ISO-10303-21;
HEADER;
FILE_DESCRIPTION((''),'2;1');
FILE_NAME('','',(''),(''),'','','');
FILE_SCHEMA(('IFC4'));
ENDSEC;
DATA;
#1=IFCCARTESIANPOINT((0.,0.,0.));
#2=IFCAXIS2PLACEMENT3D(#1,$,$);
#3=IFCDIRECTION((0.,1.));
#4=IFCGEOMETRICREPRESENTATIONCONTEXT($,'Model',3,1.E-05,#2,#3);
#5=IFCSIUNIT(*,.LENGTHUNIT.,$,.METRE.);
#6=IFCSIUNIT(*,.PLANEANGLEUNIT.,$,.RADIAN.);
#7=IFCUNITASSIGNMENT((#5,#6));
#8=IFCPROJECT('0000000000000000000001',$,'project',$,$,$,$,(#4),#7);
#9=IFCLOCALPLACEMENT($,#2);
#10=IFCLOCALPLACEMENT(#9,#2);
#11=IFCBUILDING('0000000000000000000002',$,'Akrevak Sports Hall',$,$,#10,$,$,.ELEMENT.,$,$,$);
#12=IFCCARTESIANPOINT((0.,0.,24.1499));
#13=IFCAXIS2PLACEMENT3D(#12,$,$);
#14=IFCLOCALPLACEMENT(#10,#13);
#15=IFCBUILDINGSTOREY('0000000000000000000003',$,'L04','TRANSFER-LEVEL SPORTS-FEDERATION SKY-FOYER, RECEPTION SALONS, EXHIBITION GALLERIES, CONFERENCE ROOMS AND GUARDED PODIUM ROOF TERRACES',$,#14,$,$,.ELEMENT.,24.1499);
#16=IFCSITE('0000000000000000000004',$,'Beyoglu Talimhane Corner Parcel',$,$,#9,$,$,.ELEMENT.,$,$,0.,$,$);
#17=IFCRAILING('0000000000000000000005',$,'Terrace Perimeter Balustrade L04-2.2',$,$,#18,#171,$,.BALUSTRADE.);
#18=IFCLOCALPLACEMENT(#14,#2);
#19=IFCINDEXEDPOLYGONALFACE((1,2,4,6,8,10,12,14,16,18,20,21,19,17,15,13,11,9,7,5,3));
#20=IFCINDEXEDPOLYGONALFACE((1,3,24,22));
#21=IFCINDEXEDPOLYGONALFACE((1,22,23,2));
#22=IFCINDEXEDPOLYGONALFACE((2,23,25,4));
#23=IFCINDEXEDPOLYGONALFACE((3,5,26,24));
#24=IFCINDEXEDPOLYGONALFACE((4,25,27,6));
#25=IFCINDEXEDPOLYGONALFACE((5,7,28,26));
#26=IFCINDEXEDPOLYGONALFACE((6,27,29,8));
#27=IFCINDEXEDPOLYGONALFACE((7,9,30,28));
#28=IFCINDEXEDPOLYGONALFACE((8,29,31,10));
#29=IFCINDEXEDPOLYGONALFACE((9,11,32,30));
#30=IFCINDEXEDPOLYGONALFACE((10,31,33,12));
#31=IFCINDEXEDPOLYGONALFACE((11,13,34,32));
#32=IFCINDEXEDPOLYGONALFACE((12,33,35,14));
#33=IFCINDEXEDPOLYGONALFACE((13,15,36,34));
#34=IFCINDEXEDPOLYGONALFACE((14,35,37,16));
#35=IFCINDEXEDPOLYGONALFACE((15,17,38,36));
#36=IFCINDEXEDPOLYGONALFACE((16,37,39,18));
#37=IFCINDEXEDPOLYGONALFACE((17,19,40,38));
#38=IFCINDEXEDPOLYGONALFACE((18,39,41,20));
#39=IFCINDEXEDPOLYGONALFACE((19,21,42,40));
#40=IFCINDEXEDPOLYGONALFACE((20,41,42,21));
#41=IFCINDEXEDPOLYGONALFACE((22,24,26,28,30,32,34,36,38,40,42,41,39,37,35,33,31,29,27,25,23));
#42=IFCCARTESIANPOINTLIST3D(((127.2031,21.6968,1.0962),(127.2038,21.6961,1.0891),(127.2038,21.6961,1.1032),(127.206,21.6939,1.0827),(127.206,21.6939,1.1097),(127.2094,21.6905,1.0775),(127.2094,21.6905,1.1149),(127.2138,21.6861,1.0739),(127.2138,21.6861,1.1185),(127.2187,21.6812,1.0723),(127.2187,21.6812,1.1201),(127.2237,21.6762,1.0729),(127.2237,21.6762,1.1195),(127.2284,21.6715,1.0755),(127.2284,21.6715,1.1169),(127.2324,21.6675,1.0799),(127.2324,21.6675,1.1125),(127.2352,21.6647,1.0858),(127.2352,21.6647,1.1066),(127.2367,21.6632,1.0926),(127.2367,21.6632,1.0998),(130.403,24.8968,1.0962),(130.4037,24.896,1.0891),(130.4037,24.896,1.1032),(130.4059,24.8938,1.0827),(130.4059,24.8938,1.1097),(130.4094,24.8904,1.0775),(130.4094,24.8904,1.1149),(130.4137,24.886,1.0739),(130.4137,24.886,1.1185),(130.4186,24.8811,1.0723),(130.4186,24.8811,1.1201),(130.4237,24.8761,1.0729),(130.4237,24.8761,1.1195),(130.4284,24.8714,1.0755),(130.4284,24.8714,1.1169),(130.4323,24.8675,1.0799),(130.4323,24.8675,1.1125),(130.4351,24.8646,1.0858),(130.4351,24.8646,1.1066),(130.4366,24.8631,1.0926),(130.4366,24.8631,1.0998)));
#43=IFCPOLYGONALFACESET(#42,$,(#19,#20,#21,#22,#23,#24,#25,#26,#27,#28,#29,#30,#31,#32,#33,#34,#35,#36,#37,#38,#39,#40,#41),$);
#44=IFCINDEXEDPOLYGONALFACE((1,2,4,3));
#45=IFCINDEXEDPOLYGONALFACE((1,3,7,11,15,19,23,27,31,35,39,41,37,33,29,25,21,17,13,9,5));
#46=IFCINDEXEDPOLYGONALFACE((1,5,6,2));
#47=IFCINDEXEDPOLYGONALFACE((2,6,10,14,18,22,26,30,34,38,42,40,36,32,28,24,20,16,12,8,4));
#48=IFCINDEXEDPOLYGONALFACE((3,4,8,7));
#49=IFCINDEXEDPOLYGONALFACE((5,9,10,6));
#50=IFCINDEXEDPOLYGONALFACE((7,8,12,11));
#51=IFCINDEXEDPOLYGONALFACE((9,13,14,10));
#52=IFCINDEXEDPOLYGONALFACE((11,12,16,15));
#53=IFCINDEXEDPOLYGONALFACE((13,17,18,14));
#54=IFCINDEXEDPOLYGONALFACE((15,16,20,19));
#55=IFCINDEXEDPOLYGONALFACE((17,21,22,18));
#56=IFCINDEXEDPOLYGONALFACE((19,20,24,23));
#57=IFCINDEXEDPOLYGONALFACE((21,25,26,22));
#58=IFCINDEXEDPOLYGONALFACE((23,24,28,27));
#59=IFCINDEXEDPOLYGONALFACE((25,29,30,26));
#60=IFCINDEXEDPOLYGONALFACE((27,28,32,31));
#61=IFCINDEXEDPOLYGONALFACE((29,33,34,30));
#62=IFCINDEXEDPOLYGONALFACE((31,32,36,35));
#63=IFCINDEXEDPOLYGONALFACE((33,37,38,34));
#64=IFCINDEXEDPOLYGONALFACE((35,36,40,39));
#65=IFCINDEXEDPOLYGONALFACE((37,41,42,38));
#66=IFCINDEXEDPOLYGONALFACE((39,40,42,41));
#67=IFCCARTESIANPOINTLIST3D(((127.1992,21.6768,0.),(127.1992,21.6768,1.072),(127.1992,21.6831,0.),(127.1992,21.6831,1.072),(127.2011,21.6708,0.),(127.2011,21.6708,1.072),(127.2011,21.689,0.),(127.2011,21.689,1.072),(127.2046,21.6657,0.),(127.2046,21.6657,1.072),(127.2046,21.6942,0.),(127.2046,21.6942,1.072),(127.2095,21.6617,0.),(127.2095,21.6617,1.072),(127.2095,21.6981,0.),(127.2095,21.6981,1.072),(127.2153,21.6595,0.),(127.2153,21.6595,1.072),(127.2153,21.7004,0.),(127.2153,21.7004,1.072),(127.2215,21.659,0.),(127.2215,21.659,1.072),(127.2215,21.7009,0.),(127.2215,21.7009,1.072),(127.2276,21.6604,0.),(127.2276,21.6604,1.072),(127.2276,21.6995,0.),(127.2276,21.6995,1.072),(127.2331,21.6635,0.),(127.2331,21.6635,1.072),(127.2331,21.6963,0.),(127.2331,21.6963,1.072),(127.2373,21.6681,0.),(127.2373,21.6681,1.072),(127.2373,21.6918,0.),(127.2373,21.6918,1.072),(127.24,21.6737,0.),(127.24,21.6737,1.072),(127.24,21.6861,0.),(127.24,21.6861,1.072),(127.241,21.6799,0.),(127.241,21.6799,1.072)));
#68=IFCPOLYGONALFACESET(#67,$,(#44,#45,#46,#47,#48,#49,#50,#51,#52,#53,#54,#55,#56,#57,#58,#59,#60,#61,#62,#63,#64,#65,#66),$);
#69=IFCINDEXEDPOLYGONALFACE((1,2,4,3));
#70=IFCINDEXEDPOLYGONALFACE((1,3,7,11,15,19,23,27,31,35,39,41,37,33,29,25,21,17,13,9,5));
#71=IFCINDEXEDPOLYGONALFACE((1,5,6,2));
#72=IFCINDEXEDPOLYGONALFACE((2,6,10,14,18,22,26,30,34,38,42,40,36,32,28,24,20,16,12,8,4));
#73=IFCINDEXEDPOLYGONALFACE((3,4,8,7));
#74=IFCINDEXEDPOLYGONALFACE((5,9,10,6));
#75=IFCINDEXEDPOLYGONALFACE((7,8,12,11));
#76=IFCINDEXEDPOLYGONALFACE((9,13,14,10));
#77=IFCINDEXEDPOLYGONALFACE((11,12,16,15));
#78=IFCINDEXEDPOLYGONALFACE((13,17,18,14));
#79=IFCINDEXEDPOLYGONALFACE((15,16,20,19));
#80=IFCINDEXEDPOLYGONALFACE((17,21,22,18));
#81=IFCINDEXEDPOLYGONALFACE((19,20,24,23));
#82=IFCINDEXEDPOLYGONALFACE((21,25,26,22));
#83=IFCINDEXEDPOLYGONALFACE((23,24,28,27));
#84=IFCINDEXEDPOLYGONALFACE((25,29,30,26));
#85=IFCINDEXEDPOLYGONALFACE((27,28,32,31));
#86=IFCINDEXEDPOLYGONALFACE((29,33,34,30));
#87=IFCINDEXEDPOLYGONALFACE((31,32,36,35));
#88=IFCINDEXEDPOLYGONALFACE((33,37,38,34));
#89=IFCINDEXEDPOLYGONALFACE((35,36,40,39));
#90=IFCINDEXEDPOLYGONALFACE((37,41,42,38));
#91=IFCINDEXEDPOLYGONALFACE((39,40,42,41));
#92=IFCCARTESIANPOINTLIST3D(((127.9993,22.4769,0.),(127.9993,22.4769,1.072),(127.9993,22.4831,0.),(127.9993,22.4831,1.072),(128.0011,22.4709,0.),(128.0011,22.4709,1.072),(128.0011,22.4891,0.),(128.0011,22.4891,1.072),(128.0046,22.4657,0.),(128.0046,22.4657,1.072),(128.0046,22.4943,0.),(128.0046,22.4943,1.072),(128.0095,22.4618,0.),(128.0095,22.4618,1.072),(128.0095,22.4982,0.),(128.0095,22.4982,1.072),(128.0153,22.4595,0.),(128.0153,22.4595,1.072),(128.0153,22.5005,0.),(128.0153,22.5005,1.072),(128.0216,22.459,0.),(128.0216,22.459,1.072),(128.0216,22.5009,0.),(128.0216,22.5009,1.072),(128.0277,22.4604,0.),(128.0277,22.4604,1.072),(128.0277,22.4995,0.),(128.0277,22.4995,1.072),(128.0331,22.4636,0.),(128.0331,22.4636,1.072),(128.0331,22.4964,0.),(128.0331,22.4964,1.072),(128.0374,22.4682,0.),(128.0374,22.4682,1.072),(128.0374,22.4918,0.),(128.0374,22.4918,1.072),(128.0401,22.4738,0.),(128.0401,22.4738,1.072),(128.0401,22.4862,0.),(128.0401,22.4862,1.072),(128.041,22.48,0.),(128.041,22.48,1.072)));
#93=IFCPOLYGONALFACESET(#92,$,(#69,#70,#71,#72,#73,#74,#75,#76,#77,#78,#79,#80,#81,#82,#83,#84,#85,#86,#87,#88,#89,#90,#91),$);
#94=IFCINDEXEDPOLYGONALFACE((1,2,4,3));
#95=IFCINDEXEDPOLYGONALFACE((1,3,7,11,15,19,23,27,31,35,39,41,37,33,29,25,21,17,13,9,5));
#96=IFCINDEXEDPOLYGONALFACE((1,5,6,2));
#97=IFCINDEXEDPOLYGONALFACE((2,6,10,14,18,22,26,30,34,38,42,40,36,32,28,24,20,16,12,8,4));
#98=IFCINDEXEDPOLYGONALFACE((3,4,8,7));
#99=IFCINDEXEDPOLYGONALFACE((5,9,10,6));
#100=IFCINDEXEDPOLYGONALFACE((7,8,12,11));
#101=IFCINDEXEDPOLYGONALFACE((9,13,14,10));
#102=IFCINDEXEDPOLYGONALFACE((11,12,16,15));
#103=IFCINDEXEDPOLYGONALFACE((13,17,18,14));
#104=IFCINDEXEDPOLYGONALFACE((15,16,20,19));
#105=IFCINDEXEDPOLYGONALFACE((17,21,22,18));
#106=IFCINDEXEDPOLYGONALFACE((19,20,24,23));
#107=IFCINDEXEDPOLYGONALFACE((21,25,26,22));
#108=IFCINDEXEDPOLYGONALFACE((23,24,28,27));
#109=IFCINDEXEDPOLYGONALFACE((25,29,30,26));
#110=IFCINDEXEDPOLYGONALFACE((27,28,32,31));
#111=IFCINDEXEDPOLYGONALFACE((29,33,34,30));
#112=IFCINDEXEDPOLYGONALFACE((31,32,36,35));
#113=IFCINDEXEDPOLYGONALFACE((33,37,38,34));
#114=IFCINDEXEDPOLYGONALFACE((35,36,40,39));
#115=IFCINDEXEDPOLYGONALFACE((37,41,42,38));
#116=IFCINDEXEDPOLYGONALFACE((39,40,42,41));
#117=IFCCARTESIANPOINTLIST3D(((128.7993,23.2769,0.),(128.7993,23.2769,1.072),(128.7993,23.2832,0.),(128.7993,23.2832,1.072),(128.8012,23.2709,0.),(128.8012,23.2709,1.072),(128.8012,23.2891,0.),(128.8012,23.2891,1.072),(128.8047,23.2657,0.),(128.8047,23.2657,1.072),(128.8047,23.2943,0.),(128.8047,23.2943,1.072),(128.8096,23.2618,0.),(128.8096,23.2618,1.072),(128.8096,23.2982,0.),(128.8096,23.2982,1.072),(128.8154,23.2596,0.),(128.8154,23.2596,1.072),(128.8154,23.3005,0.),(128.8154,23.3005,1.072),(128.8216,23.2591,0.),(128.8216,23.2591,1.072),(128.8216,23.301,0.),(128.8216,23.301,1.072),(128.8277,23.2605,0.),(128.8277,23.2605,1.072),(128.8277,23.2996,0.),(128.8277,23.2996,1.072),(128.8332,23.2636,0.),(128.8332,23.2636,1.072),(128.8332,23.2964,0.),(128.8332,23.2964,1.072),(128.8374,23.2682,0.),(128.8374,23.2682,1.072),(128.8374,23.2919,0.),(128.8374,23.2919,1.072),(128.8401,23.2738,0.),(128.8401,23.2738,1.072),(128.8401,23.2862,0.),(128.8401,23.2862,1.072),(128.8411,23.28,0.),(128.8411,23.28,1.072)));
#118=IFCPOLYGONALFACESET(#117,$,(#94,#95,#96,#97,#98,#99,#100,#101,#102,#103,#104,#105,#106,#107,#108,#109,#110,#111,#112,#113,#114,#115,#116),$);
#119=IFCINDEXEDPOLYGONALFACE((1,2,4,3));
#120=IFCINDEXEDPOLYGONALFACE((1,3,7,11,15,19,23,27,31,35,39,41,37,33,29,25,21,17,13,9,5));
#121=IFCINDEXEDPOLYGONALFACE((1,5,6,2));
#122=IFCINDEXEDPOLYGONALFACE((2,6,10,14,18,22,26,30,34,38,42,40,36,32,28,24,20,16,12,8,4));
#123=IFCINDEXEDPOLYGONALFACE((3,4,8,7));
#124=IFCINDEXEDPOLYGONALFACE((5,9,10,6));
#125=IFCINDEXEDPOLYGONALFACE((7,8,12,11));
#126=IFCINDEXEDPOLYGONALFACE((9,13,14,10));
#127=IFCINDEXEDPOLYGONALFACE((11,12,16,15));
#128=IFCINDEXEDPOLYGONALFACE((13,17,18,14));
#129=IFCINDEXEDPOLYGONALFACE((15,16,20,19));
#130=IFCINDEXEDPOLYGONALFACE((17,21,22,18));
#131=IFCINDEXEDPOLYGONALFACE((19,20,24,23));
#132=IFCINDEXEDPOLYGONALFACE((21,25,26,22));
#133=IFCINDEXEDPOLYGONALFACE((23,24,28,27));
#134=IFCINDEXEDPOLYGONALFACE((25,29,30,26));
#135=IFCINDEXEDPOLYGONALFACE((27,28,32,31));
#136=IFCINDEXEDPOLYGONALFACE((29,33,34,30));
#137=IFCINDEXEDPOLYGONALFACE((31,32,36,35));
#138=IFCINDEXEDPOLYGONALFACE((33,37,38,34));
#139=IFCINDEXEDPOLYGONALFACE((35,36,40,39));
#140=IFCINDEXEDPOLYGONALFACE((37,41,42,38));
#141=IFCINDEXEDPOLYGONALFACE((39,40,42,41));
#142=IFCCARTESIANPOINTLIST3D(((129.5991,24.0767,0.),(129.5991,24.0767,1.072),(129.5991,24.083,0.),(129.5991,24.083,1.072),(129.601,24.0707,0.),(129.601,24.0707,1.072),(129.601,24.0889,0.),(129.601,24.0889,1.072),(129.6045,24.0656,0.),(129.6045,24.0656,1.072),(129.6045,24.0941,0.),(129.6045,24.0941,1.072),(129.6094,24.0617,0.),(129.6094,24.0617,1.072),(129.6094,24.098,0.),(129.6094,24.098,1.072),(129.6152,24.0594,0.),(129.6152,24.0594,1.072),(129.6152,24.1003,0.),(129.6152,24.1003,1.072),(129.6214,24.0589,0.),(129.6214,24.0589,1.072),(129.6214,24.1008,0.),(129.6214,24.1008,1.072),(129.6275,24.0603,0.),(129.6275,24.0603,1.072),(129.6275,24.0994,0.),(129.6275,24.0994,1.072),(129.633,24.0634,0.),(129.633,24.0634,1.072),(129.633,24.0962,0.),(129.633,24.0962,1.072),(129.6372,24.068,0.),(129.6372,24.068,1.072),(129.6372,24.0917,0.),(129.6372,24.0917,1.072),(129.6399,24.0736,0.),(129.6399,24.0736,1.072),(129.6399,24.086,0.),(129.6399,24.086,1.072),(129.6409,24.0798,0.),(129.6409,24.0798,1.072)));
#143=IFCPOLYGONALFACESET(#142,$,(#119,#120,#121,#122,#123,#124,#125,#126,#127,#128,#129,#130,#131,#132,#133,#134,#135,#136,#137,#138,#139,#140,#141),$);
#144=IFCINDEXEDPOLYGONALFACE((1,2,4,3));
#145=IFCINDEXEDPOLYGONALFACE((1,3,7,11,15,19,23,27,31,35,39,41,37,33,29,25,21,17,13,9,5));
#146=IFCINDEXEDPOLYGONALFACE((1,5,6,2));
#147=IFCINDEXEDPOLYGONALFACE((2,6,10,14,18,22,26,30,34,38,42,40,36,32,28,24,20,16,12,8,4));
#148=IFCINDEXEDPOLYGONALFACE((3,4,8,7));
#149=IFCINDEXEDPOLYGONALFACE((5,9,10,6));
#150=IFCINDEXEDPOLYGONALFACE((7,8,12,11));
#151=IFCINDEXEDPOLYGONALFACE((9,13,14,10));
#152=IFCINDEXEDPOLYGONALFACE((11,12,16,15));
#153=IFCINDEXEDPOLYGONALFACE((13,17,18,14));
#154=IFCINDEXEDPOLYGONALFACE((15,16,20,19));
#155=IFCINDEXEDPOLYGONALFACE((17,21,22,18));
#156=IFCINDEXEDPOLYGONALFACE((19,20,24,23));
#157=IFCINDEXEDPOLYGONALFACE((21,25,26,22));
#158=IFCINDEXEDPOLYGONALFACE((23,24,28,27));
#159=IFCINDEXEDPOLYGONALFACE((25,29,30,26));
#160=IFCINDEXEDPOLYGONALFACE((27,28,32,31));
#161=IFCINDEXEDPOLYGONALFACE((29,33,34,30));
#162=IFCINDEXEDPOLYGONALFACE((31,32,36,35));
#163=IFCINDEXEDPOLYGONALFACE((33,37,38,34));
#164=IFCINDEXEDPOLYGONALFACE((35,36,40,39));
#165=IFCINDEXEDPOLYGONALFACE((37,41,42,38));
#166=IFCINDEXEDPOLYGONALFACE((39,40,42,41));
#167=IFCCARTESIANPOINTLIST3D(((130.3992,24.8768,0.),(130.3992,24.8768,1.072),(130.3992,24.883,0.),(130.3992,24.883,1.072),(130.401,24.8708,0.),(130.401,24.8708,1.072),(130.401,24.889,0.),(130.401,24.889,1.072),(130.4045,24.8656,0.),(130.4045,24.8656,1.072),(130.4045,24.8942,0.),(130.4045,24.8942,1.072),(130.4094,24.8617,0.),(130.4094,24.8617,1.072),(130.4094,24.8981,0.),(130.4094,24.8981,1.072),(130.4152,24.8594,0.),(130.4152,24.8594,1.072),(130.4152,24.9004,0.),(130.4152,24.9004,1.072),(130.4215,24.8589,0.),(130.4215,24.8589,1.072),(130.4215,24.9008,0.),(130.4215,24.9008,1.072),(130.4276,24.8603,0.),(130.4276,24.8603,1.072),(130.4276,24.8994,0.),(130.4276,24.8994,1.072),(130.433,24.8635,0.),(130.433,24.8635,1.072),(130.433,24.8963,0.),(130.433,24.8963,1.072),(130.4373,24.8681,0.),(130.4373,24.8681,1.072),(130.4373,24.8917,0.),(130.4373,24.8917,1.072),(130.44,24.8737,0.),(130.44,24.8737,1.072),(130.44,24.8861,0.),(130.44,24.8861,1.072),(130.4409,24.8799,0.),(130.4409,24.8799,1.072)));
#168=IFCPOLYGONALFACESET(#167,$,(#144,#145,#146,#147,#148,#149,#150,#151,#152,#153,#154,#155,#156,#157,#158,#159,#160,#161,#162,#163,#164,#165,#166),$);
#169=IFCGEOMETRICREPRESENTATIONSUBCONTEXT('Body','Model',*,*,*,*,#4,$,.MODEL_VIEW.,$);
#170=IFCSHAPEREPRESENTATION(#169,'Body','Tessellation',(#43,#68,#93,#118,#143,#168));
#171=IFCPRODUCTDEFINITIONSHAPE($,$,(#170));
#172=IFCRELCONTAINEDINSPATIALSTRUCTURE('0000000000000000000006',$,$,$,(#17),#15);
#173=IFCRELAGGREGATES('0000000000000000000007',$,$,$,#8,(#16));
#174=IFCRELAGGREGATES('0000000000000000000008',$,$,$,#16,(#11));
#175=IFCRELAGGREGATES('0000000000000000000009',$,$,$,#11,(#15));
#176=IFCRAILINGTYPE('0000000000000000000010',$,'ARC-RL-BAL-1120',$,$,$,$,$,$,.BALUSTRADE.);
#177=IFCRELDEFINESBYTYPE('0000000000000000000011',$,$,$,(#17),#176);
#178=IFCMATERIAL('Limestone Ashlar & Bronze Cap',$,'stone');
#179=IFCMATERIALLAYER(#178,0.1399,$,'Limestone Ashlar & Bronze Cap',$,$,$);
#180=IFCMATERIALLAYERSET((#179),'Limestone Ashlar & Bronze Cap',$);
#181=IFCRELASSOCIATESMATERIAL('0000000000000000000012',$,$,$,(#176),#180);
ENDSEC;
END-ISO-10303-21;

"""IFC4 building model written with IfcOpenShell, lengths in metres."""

from ifc_helpers import new_model, si_unit, direction, frame, origin, origin_2d, place, context, subcontext, project, spatial, circle, extrude, material, layer, layer_set, type_object, element, save


model = new_model("IFC4")

# Units and contexts
model_context = context("Model", 3, precision=1e-05, world=origin(), true_north=direction((0.0, 1.0)))
body_context = subcontext(model_context, "Body", "Model", "MODEL_VIEW")
ifc_project = project(units=[si_unit("LENGTHUNIT", "METRE"), si_unit("PLANEANGLEUNIT", "RADIAN")], contexts=[model_context])

# Site, building, storey
site_placement = place(None, origin())
site = spatial("IfcSite", under=ifc_project, at=site_placement, Name="Beyoglu Talimhane Corner Parcel", CompositionType="ELEMENT", RefElevation=0.0)
building_placement = place(site_placement, origin())
building = spatial("IfcBuilding", under=site, at=building_placement, Name="Akrevak Sports Hall", CompositionType="ELEMENT")
storey_placement = place(building_placement, frame((0.0, 0.0, 24.1499)))
storey = spatial("IfcBuildingStorey", under=building, at=storey_placement, Name="L04", Description="TRANSFER-LEVEL SPORTS-FEDERATION SKY-FOYER, RECEPTION SALONS, EXHIBITION GALLERIES, CONFERENCE ROOMS AND GUARDED PODIUM ROOF TERRACES", CompositionType="ELEMENT", Elevation=24.1499)

# Railing
ifc_material_1 = material(Name="Limestone Ashlar & Bronze Cap", Category="stone")
ifc_layer_1 = layer(ifc_material_1, 0.1399, Name="Limestone Ashlar & Bronze Cap")
ifc_layer_set_1 = layer_set([ifc_layer_1], Name="Limestone Ashlar & Bronze Cap")
railing_type = type_object("IfcRailingType", Name="ARC-RL-BAL-1120", PredefinedType="BALUSTRADE", material=ifc_layer_set_1)
railing_1_placement = place(storey_placement, frame((127.22, 21.6799, 0.0)))
element("IfcRailing", 1, at=railing_1_placement, inside=storey, type_object=railing_type, Name="Terrace Perimeter Balustrade L04-2.2", PredefinedType="BALUSTRADE", context=body_context, shape_type="SweptSolid", body=[
    extrude(circle(Radius=0.0239, at=origin_2d()), frame((0.0, 0.0, 1.0962), z_axis=(0.707107, 0.707107, 0.0), x_axis=(-0.707107, 0.707107, 0.0)), (0.0, 0.0, 1.0), 4.5254),
    extrude(circle(Radius=0.021, at=origin_2d()), origin(), (0.0, 0.0, 1.0), 1.072),
    extrude(circle(Radius=0.021, at=origin_2d()), frame((0.8, 0.8, 0.0)), (0.0, 0.0, 1.0), 1.072),
    extrude(circle(Radius=0.021, at=origin_2d()), frame((1.6001, 1.6001, 0.0)), (0.0, 0.0, 1.0), 1.072),
    extrude(circle(Radius=0.021, at=origin_2d()), frame((2.3999, 2.3999, 0.0)), (0.0, 0.0, 1.0), 1.072),
    extrude(circle(Radius=0.021, at=origin_2d()), frame((3.2, 3.2, 0.0)), (0.0, 0.0, 1.0), 1.072),
])

save(model, "model.ifc")
